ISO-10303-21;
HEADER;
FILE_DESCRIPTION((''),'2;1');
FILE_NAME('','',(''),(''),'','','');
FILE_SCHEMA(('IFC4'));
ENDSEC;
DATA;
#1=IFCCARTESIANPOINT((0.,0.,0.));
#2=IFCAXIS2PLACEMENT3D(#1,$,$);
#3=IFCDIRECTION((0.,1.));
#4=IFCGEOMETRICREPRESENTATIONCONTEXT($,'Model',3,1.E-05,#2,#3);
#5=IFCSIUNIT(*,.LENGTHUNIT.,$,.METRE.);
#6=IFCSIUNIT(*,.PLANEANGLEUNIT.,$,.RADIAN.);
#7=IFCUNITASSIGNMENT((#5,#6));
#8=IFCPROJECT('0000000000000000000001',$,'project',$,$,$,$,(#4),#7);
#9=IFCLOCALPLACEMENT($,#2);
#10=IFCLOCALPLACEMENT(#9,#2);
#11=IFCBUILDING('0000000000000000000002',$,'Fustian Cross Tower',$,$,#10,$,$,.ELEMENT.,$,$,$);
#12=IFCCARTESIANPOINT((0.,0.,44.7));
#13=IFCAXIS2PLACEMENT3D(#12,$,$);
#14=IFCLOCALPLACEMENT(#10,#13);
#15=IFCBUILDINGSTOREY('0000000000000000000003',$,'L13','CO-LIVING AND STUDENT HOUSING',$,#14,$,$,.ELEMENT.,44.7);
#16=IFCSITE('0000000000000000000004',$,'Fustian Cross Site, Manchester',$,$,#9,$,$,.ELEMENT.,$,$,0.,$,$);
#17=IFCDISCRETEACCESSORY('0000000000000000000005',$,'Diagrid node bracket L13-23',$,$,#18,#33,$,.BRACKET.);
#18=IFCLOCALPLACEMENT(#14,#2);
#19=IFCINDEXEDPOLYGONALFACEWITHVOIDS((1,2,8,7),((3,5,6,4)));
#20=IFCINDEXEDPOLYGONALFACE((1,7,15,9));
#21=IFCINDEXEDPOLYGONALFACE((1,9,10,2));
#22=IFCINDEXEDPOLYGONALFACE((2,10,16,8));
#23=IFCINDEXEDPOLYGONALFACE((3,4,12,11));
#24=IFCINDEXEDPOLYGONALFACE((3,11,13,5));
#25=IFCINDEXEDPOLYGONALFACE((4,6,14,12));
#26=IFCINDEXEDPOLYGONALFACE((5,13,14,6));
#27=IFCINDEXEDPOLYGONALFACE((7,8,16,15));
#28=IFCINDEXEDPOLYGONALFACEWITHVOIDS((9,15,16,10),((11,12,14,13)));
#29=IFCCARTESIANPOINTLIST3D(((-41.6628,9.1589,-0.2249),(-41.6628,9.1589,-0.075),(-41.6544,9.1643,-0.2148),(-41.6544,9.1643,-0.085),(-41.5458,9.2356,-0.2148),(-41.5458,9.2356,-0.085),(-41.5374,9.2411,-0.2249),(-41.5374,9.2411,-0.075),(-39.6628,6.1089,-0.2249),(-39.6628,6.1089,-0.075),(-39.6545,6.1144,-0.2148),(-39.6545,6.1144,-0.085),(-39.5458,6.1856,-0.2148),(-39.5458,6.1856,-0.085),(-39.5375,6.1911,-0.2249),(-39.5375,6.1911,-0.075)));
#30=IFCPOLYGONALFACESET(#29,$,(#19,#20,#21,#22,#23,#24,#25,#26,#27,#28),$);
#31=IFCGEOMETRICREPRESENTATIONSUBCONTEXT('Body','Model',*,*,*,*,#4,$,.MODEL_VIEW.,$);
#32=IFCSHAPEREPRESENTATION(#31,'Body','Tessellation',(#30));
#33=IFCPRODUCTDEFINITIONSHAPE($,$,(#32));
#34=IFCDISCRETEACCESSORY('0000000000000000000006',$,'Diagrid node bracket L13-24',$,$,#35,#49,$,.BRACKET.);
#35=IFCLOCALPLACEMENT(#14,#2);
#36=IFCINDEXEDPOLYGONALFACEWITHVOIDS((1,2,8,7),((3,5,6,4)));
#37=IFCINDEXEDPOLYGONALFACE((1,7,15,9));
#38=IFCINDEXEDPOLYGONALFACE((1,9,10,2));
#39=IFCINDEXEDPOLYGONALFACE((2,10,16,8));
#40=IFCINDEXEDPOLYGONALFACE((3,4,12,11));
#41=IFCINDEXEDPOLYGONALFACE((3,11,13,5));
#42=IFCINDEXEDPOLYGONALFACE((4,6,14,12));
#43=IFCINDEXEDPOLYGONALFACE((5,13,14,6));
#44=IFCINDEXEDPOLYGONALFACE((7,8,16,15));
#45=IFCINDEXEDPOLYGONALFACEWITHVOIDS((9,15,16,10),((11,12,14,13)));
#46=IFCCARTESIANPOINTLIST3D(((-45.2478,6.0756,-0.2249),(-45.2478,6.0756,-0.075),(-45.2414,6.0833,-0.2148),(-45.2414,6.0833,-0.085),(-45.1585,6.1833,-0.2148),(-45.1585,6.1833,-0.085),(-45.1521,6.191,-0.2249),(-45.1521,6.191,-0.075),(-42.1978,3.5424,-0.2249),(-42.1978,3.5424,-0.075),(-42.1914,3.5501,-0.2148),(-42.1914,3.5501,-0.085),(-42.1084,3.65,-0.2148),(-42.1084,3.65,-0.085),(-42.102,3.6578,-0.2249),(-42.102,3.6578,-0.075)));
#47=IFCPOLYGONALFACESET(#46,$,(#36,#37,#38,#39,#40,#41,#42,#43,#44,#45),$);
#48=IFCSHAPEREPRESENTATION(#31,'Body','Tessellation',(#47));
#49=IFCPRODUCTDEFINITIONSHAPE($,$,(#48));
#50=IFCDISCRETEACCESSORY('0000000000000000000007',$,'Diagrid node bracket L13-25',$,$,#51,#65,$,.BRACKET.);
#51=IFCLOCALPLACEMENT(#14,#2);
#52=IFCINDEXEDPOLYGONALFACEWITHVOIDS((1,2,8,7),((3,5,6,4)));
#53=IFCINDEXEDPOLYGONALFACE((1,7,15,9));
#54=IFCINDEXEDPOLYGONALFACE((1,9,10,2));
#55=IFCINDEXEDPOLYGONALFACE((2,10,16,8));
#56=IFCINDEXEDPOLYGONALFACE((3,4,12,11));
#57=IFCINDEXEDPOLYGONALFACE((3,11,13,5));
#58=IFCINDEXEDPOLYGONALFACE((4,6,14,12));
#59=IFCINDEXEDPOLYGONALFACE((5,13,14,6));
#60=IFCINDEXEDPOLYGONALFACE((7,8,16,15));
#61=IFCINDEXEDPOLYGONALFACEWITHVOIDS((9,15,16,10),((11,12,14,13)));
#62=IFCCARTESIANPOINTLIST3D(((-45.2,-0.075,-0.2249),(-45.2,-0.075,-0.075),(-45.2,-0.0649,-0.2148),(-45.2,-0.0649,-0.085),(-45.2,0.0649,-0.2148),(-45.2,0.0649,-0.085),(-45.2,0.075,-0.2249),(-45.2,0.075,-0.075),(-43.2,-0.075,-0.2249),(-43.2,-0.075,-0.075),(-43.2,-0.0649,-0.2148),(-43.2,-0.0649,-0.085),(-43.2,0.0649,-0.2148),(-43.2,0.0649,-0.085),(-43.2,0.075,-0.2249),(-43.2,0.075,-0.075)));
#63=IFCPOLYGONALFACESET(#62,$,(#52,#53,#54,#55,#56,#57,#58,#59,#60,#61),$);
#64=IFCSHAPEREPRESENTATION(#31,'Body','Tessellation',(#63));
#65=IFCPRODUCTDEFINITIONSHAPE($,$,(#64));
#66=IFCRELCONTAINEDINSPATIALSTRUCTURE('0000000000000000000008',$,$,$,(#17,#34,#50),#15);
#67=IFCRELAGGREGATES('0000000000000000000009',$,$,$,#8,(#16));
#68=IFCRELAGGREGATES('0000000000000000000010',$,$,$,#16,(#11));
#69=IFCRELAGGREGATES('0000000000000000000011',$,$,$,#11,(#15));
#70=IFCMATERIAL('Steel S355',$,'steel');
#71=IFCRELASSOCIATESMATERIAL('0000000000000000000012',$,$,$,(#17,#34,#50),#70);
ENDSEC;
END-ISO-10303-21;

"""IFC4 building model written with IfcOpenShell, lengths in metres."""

from ifc_helpers import new_model, si_unit, direction, frame, origin, origin_2d, place, context, subcontext, project, spatial, hollow_rectangle, extrude, material, element, save


model = new_model("IFC4")

# Units and contexts
model_context = context("Model", 3, precision=1e-05, world=origin(), true_north=direction((0.0, 1.0)))
body_context = subcontext(model_context, "Body", "Model", "MODEL_VIEW")
ifc_project = project(units=[si_unit("LENGTHUNIT", "METRE"), si_unit("PLANEANGLEUNIT", "RADIAN")], contexts=[model_context])

# Site, building, storey
site_placement = place(None, origin())
site = spatial("IfcSite", under=ifc_project, at=site_placement, Name="Fustian Cross Site, Manchester", CompositionType="ELEMENT", RefElevation=0.0)
building_placement = place(site_placement, origin())
building = spatial("IfcBuilding", under=site, at=building_placement, Name="Fustian Cross Tower", CompositionType="ELEMENT")
storey_placement = place(building_placement, frame((0.0, 0.0, 44.7)))
storey = spatial("IfcBuildingStorey", under=building, at=storey_placement, Name="L13", Description="CO-LIVING AND STUDENT HOUSING", CompositionType="ELEMENT", Elevation=44.7)

# Discrete accessories
ifc_material_1 = material(Name="Steel S355", Category="steel")
discrete_accessory_1_placement = place(storey_placement, frame((-41.6001, 9.2, -0.1499), z_axis=(0.548351, -0.836248, 0.0), x_axis=(0.836248, 0.548351, 0.0)))
element("IfcDiscreteAccessory", 1, at=discrete_accessory_1_placement, inside=storey, material=ifc_material_1, Name="Diagrid node bracket L13-23", PredefinedType="BRACKET", context=body_context, shape_type="SweptSolid", body=[
    extrude(hollow_rectangle(XDim=0.1499, YDim=0.1499, WallThickness=0.01, at=origin_2d()), origin(), (0.0, 0.0, 1.0), 3.6472),
])
discrete_accessory_2_placement = place(storey_placement, frame((-45.2, 6.1333, -0.1499), z_axis=(0.769275, -0.638918, 0.0), x_axis=(0.638918, 0.769275, 0.0)))
element("IfcDiscreteAccessory", 2, at=discrete_accessory_2_placement, inside=storey, material=ifc_material_1, Name="Diagrid node bracket L13-24", PredefinedType="BRACKET", context=body_context, shape_type="SweptSolid", body=[
    extrude(hollow_rectangle(XDim=0.1499, YDim=0.1499, WallThickness=0.01, at=origin_2d()), origin(), (0.0, 0.0, 1.0), 3.9648),
])
discrete_accessory_3_placement = place(storey_placement, frame((-45.2, 0.0, -0.1499), z_axis=(1.0, 0.0, 0.0), x_axis=(0.0, 1.0, 0.0)))
element("IfcDiscreteAccessory", 3, at=discrete_accessory_3_placement, inside=storey, material=ifc_material_1, Name="Diagrid node bracket L13-25", PredefinedType="BRACKET", context=body_context, shape_type="SweptSolid", body=[
    extrude(hollow_rectangle(XDim=0.1499, YDim=0.1499, WallThickness=0.01, at=origin_2d()), origin(), (0.0, 0.0, 1.0), 2.0),
])

save(model, "model.ifc")
